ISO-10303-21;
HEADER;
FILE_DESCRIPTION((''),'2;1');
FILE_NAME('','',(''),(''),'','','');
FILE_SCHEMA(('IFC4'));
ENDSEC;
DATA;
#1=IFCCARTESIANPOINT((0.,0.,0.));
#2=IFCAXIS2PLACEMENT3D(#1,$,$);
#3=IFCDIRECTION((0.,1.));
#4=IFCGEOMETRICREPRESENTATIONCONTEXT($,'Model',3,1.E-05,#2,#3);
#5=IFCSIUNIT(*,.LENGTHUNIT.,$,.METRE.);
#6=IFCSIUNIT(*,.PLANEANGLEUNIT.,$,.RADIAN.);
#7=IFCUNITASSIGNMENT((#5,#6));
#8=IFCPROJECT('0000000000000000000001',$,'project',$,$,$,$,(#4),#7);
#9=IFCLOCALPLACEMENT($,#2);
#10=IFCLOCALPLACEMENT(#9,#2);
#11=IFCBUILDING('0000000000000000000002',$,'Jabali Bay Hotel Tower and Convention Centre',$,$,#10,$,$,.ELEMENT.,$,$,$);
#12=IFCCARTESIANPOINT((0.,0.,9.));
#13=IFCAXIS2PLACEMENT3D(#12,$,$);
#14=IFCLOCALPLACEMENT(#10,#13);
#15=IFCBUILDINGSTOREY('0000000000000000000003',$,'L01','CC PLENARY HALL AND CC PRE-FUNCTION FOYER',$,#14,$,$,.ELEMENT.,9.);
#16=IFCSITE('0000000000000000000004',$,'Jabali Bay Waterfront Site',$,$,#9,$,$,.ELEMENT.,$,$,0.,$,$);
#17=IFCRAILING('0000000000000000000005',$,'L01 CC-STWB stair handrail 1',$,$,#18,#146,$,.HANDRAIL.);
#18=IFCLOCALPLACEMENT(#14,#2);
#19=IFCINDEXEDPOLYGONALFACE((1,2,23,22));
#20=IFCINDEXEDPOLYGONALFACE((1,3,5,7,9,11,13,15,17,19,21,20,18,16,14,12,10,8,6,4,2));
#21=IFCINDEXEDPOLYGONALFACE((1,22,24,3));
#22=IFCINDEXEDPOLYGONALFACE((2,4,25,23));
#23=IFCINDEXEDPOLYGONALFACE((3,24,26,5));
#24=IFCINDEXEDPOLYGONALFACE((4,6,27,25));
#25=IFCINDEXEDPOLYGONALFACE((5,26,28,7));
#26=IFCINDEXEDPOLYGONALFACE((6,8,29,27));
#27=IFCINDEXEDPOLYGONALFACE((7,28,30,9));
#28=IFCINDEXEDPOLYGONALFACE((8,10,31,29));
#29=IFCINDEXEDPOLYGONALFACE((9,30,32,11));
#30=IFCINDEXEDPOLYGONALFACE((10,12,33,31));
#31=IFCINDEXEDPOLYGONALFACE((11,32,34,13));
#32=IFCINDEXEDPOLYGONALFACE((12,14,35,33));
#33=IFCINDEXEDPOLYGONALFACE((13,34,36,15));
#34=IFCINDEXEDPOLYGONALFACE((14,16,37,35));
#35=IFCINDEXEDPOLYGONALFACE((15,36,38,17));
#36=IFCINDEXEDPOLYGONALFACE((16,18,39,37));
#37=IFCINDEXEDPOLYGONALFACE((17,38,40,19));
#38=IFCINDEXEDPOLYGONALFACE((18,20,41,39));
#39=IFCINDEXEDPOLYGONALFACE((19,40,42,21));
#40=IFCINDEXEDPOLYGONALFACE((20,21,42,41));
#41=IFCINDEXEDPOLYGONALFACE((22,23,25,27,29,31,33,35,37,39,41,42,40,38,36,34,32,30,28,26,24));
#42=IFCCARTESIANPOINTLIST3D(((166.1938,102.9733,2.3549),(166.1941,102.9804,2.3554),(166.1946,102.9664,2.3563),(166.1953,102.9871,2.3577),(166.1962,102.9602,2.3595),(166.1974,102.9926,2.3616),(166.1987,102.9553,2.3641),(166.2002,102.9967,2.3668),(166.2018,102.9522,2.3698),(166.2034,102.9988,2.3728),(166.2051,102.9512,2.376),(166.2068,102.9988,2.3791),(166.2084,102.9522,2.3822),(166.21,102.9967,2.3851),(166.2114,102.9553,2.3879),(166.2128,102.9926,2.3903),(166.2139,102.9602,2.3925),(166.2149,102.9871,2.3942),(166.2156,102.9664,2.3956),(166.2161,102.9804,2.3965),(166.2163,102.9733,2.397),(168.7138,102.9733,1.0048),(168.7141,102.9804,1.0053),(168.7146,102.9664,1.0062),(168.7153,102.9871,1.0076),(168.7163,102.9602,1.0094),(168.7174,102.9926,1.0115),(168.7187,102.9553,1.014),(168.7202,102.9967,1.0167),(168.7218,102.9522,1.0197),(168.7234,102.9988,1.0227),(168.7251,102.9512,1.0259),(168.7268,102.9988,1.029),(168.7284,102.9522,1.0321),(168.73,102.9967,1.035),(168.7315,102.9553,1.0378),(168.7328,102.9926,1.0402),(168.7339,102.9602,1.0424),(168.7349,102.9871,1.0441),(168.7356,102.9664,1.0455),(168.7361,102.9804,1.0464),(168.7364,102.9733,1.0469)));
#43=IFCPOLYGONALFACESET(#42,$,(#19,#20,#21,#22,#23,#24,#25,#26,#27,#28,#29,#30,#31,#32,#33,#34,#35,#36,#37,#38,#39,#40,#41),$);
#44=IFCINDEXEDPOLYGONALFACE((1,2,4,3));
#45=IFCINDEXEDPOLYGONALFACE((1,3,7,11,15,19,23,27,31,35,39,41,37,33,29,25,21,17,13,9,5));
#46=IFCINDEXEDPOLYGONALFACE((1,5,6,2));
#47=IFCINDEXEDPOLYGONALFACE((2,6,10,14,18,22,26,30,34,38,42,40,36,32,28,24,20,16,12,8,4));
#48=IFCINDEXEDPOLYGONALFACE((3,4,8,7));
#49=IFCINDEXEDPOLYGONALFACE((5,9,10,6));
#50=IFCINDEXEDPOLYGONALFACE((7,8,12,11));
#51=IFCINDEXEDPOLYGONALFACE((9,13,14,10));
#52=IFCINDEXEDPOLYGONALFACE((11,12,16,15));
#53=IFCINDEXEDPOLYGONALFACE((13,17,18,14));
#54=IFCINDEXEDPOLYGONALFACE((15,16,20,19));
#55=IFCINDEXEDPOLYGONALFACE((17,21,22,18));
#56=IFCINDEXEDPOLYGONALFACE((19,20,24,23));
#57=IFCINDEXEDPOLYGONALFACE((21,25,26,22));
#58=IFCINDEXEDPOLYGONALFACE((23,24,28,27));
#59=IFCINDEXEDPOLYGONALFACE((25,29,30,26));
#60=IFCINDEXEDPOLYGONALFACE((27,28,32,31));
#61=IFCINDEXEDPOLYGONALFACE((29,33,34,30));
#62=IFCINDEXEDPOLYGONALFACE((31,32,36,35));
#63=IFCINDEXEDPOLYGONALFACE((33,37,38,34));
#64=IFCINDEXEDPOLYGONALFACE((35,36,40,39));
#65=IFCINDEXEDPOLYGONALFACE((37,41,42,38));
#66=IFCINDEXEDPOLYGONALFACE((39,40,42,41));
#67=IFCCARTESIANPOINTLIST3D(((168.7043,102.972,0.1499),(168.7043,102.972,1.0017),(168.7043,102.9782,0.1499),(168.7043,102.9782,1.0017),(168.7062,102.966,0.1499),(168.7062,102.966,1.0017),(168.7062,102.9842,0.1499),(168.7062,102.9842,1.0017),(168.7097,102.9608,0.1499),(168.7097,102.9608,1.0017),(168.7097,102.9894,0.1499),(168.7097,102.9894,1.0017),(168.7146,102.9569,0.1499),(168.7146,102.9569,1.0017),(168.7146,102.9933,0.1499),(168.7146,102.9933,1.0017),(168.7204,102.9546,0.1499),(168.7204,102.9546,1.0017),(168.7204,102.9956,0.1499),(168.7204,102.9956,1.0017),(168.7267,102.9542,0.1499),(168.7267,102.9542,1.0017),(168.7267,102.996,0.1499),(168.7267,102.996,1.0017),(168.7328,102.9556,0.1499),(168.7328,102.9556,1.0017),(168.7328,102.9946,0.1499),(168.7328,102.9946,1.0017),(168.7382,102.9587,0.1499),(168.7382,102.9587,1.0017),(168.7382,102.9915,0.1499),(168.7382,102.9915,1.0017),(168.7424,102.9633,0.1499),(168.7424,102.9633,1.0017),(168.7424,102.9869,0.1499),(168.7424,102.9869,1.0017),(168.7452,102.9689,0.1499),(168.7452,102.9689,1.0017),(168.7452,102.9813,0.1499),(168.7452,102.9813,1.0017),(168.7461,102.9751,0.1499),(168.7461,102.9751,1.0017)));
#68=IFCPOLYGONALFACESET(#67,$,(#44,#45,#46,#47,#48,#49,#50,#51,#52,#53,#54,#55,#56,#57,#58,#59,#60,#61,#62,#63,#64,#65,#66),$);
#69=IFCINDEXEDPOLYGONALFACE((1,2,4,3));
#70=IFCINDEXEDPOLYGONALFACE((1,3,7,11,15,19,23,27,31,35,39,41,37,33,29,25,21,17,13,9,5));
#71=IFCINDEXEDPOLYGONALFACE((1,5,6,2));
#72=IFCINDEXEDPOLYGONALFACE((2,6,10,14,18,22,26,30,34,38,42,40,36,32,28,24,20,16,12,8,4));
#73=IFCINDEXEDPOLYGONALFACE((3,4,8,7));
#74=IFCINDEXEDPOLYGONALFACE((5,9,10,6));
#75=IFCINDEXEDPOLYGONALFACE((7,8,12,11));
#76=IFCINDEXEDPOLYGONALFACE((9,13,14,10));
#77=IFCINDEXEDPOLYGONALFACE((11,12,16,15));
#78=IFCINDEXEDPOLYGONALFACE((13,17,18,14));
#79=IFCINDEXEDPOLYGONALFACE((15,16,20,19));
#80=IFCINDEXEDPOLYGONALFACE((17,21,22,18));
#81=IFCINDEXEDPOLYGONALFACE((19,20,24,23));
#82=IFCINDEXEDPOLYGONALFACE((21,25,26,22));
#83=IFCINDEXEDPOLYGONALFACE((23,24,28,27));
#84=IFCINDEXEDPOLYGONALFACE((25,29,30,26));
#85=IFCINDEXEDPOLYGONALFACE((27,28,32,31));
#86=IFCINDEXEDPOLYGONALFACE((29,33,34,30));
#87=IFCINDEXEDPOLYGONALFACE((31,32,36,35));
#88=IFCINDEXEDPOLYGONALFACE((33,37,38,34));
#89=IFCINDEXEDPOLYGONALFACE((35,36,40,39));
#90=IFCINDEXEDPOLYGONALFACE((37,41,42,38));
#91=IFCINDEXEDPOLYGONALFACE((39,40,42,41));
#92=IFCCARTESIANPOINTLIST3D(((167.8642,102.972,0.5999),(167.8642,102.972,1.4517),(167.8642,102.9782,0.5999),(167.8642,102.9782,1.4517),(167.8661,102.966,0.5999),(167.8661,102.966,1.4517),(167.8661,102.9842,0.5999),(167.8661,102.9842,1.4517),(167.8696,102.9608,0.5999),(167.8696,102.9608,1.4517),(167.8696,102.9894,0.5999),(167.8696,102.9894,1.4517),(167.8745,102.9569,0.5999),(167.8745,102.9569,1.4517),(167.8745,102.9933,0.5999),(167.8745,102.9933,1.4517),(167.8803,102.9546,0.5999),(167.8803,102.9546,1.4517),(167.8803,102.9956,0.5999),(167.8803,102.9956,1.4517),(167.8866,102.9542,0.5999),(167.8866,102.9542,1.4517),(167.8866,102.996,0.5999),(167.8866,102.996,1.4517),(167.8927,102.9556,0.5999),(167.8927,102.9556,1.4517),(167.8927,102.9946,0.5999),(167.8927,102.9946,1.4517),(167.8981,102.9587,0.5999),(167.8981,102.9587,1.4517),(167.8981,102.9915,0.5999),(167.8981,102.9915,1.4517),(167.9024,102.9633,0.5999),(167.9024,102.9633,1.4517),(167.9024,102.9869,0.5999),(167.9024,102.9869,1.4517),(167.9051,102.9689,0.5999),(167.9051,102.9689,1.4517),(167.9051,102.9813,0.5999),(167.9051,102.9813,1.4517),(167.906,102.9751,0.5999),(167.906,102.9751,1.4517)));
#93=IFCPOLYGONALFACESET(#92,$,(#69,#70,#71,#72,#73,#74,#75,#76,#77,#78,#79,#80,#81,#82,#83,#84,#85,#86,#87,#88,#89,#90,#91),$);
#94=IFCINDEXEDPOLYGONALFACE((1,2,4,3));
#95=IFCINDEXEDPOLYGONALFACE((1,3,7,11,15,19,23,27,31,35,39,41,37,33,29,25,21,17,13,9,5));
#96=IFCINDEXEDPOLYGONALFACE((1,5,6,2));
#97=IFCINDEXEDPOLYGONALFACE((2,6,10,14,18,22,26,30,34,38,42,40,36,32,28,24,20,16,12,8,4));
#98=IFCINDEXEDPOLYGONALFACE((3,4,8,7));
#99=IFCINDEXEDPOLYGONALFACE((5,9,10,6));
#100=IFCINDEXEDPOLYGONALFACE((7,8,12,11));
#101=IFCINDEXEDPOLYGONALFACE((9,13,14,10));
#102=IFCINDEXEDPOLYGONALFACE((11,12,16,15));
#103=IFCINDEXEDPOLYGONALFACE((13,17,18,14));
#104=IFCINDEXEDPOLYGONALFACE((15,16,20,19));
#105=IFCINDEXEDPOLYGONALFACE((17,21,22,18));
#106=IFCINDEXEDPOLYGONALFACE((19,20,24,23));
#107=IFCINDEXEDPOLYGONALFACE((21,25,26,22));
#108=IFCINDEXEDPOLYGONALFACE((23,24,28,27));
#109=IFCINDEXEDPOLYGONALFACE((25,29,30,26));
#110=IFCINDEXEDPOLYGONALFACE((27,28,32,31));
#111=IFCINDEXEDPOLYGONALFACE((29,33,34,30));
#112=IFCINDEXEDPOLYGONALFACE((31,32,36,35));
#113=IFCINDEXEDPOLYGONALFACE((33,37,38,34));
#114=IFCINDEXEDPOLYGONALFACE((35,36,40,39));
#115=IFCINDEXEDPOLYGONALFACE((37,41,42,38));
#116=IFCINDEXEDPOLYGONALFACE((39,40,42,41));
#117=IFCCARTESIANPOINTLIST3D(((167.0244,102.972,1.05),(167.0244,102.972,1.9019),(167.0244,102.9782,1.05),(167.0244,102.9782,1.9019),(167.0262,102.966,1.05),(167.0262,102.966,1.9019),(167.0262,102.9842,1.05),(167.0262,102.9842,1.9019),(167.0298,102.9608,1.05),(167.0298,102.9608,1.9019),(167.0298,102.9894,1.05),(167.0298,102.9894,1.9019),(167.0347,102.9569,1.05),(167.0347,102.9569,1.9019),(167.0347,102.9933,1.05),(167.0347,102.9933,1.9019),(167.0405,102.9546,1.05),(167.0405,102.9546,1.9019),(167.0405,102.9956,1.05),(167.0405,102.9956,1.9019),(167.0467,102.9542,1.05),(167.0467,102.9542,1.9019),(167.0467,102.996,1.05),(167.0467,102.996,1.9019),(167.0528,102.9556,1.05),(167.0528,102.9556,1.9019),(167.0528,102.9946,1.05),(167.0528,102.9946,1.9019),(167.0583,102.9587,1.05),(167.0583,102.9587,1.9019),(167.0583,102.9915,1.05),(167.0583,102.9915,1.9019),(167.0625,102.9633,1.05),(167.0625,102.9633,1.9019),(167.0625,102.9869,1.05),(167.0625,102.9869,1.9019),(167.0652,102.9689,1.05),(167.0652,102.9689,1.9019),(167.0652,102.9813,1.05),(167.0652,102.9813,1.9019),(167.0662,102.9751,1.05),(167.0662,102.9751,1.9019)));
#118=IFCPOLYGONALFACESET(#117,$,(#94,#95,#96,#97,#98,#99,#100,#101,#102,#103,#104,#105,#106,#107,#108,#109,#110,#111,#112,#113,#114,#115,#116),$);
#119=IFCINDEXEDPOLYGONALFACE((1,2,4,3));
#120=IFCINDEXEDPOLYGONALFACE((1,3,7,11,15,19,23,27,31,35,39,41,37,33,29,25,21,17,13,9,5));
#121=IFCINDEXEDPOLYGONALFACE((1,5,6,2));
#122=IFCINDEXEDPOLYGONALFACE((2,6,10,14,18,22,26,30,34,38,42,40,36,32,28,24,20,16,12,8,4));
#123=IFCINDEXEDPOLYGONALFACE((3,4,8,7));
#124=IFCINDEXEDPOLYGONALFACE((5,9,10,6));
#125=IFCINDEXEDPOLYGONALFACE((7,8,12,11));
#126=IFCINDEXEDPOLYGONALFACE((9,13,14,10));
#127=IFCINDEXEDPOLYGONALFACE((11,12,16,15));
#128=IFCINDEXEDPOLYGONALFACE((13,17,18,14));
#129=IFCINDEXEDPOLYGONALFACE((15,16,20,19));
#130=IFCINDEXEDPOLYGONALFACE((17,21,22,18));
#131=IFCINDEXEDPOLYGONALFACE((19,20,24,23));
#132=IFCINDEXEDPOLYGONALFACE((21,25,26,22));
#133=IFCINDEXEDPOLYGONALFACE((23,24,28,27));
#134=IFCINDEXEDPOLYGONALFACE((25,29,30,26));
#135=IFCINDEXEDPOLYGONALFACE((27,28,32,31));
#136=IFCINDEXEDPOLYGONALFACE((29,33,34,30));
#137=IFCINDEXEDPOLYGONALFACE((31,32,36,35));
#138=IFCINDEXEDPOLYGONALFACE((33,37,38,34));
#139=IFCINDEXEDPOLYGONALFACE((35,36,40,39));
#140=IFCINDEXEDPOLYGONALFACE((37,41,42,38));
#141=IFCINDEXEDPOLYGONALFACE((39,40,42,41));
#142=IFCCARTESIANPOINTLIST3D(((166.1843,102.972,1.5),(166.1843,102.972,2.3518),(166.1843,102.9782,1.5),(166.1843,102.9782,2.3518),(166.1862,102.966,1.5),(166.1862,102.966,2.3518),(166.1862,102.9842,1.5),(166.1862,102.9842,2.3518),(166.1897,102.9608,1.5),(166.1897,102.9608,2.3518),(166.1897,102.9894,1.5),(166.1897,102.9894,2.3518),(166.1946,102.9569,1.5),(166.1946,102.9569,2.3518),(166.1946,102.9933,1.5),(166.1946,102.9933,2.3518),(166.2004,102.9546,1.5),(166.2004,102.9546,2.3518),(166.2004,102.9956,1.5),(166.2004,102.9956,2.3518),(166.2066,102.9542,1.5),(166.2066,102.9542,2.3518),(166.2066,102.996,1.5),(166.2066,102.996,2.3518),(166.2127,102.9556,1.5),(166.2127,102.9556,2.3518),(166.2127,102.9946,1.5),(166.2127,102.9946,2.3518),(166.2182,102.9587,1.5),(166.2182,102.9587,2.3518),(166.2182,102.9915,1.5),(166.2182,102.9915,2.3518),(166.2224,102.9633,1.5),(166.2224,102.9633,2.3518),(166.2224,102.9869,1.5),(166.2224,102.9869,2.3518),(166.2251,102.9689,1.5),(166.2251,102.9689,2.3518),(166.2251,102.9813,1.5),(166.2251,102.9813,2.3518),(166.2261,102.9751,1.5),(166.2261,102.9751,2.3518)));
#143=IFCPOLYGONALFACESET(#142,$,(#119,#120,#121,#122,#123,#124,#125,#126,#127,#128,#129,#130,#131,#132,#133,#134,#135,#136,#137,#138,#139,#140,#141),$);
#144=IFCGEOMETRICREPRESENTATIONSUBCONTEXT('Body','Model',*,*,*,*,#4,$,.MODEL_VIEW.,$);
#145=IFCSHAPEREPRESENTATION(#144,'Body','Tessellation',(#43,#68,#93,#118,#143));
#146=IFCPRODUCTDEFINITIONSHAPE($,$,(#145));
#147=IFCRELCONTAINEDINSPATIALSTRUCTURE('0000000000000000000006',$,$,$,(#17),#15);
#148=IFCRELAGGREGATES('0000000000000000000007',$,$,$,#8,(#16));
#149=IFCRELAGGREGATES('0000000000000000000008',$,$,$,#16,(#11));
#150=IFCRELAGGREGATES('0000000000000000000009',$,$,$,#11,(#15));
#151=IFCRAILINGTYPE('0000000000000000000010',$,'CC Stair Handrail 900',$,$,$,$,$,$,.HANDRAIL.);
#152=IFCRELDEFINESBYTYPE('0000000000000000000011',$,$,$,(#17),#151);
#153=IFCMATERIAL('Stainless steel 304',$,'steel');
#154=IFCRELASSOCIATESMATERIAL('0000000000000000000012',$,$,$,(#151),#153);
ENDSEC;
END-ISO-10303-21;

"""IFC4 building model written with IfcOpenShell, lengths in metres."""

from ifc_helpers import new_model, si_unit, direction, frame, origin, origin_2d, place, context, subcontext, project, spatial, circle, extrude, material, type_object, element, save


model = new_model("IFC4")

# Units and contexts
model_context = context("Model", 3, precision=1e-05, world=origin(), true_north=direction((0.0, 1.0)))
body_context = subcontext(model_context, "Body", "Model", "MODEL_VIEW")
ifc_project = project(units=[si_unit("LENGTHUNIT", "METRE"), si_unit("PLANEANGLEUNIT", "RADIAN")], contexts=[model_context])

# Site, building, storey
site_placement = place(None, origin())
site = spatial("IfcSite", under=ifc_project, at=site_placement, Name="Jabali Bay Waterfront Site", CompositionType="ELEMENT", RefElevation=0.0)
building_placement = place(site_placement, origin())
building = spatial("IfcBuilding", under=site, at=building_placement, Name="Jabali Bay Hotel Tower and Convention Centre", CompositionType="ELEMENT")
storey_placement = place(building_placement, frame((0.0, 0.0, 9.0)))
storey = spatial("IfcBuildingStorey", under=building, at=storey_placement, Name="L01", Description="CC PLENARY HALL AND CC PRE-FUNCTION FOYER", CompositionType="ELEMENT", Elevation=9.0)

# Railing
ifc_material_1 = material(Name="Stainless steel 304", Category="steel")
railing_type_1 = type_object("IfcRailingType", Name="CC Stair Handrail 900", PredefinedType="HANDRAIL", material=ifc_material_1)
for number, where, name in (
    (1, (168.7251, 102.9751, 0.1499), "L01 CC-STWB stair handrail 1"),
):
    element("IfcRailing", number, at=place(storey_placement, frame(where)), inside=storey, type_object=railing_type_1, Name=name, PredefinedType="HANDRAIL", context=body_context, shape_type="SweptSolid", body=[
        extrude(circle(Radius=0.0239, at=origin_2d()), frame((0.0, 0.0, 0.876), z_axis=(-0.881467, 0.0, 0.472245), x_axis=(0.0, -1.0, 0.0)), (0.0, 0.0, 1.0), 2.8589),
        extrude(circle(Radius=0.021, at=origin_2d()), origin(), (0.0, 0.0, 1.0), 0.8518),
        extrude(circle(Radius=0.021, at=origin_2d()), frame((-0.8401, 0.0, 0.45)), (0.0, 0.0, 1.0), 0.8518),
        extrude(circle(Radius=0.021, at=origin_2d()), frame((-1.6799, 0.0, 0.9001)), (0.0, 0.0, 1.0), 0.8518),
        extrude(circle(Radius=0.021, at=origin_2d()), frame((-2.52, 0.0, 1.3501)), (0.0, 0.0, 1.0), 0.8518),
    ])

save(model, "model.ifc")
